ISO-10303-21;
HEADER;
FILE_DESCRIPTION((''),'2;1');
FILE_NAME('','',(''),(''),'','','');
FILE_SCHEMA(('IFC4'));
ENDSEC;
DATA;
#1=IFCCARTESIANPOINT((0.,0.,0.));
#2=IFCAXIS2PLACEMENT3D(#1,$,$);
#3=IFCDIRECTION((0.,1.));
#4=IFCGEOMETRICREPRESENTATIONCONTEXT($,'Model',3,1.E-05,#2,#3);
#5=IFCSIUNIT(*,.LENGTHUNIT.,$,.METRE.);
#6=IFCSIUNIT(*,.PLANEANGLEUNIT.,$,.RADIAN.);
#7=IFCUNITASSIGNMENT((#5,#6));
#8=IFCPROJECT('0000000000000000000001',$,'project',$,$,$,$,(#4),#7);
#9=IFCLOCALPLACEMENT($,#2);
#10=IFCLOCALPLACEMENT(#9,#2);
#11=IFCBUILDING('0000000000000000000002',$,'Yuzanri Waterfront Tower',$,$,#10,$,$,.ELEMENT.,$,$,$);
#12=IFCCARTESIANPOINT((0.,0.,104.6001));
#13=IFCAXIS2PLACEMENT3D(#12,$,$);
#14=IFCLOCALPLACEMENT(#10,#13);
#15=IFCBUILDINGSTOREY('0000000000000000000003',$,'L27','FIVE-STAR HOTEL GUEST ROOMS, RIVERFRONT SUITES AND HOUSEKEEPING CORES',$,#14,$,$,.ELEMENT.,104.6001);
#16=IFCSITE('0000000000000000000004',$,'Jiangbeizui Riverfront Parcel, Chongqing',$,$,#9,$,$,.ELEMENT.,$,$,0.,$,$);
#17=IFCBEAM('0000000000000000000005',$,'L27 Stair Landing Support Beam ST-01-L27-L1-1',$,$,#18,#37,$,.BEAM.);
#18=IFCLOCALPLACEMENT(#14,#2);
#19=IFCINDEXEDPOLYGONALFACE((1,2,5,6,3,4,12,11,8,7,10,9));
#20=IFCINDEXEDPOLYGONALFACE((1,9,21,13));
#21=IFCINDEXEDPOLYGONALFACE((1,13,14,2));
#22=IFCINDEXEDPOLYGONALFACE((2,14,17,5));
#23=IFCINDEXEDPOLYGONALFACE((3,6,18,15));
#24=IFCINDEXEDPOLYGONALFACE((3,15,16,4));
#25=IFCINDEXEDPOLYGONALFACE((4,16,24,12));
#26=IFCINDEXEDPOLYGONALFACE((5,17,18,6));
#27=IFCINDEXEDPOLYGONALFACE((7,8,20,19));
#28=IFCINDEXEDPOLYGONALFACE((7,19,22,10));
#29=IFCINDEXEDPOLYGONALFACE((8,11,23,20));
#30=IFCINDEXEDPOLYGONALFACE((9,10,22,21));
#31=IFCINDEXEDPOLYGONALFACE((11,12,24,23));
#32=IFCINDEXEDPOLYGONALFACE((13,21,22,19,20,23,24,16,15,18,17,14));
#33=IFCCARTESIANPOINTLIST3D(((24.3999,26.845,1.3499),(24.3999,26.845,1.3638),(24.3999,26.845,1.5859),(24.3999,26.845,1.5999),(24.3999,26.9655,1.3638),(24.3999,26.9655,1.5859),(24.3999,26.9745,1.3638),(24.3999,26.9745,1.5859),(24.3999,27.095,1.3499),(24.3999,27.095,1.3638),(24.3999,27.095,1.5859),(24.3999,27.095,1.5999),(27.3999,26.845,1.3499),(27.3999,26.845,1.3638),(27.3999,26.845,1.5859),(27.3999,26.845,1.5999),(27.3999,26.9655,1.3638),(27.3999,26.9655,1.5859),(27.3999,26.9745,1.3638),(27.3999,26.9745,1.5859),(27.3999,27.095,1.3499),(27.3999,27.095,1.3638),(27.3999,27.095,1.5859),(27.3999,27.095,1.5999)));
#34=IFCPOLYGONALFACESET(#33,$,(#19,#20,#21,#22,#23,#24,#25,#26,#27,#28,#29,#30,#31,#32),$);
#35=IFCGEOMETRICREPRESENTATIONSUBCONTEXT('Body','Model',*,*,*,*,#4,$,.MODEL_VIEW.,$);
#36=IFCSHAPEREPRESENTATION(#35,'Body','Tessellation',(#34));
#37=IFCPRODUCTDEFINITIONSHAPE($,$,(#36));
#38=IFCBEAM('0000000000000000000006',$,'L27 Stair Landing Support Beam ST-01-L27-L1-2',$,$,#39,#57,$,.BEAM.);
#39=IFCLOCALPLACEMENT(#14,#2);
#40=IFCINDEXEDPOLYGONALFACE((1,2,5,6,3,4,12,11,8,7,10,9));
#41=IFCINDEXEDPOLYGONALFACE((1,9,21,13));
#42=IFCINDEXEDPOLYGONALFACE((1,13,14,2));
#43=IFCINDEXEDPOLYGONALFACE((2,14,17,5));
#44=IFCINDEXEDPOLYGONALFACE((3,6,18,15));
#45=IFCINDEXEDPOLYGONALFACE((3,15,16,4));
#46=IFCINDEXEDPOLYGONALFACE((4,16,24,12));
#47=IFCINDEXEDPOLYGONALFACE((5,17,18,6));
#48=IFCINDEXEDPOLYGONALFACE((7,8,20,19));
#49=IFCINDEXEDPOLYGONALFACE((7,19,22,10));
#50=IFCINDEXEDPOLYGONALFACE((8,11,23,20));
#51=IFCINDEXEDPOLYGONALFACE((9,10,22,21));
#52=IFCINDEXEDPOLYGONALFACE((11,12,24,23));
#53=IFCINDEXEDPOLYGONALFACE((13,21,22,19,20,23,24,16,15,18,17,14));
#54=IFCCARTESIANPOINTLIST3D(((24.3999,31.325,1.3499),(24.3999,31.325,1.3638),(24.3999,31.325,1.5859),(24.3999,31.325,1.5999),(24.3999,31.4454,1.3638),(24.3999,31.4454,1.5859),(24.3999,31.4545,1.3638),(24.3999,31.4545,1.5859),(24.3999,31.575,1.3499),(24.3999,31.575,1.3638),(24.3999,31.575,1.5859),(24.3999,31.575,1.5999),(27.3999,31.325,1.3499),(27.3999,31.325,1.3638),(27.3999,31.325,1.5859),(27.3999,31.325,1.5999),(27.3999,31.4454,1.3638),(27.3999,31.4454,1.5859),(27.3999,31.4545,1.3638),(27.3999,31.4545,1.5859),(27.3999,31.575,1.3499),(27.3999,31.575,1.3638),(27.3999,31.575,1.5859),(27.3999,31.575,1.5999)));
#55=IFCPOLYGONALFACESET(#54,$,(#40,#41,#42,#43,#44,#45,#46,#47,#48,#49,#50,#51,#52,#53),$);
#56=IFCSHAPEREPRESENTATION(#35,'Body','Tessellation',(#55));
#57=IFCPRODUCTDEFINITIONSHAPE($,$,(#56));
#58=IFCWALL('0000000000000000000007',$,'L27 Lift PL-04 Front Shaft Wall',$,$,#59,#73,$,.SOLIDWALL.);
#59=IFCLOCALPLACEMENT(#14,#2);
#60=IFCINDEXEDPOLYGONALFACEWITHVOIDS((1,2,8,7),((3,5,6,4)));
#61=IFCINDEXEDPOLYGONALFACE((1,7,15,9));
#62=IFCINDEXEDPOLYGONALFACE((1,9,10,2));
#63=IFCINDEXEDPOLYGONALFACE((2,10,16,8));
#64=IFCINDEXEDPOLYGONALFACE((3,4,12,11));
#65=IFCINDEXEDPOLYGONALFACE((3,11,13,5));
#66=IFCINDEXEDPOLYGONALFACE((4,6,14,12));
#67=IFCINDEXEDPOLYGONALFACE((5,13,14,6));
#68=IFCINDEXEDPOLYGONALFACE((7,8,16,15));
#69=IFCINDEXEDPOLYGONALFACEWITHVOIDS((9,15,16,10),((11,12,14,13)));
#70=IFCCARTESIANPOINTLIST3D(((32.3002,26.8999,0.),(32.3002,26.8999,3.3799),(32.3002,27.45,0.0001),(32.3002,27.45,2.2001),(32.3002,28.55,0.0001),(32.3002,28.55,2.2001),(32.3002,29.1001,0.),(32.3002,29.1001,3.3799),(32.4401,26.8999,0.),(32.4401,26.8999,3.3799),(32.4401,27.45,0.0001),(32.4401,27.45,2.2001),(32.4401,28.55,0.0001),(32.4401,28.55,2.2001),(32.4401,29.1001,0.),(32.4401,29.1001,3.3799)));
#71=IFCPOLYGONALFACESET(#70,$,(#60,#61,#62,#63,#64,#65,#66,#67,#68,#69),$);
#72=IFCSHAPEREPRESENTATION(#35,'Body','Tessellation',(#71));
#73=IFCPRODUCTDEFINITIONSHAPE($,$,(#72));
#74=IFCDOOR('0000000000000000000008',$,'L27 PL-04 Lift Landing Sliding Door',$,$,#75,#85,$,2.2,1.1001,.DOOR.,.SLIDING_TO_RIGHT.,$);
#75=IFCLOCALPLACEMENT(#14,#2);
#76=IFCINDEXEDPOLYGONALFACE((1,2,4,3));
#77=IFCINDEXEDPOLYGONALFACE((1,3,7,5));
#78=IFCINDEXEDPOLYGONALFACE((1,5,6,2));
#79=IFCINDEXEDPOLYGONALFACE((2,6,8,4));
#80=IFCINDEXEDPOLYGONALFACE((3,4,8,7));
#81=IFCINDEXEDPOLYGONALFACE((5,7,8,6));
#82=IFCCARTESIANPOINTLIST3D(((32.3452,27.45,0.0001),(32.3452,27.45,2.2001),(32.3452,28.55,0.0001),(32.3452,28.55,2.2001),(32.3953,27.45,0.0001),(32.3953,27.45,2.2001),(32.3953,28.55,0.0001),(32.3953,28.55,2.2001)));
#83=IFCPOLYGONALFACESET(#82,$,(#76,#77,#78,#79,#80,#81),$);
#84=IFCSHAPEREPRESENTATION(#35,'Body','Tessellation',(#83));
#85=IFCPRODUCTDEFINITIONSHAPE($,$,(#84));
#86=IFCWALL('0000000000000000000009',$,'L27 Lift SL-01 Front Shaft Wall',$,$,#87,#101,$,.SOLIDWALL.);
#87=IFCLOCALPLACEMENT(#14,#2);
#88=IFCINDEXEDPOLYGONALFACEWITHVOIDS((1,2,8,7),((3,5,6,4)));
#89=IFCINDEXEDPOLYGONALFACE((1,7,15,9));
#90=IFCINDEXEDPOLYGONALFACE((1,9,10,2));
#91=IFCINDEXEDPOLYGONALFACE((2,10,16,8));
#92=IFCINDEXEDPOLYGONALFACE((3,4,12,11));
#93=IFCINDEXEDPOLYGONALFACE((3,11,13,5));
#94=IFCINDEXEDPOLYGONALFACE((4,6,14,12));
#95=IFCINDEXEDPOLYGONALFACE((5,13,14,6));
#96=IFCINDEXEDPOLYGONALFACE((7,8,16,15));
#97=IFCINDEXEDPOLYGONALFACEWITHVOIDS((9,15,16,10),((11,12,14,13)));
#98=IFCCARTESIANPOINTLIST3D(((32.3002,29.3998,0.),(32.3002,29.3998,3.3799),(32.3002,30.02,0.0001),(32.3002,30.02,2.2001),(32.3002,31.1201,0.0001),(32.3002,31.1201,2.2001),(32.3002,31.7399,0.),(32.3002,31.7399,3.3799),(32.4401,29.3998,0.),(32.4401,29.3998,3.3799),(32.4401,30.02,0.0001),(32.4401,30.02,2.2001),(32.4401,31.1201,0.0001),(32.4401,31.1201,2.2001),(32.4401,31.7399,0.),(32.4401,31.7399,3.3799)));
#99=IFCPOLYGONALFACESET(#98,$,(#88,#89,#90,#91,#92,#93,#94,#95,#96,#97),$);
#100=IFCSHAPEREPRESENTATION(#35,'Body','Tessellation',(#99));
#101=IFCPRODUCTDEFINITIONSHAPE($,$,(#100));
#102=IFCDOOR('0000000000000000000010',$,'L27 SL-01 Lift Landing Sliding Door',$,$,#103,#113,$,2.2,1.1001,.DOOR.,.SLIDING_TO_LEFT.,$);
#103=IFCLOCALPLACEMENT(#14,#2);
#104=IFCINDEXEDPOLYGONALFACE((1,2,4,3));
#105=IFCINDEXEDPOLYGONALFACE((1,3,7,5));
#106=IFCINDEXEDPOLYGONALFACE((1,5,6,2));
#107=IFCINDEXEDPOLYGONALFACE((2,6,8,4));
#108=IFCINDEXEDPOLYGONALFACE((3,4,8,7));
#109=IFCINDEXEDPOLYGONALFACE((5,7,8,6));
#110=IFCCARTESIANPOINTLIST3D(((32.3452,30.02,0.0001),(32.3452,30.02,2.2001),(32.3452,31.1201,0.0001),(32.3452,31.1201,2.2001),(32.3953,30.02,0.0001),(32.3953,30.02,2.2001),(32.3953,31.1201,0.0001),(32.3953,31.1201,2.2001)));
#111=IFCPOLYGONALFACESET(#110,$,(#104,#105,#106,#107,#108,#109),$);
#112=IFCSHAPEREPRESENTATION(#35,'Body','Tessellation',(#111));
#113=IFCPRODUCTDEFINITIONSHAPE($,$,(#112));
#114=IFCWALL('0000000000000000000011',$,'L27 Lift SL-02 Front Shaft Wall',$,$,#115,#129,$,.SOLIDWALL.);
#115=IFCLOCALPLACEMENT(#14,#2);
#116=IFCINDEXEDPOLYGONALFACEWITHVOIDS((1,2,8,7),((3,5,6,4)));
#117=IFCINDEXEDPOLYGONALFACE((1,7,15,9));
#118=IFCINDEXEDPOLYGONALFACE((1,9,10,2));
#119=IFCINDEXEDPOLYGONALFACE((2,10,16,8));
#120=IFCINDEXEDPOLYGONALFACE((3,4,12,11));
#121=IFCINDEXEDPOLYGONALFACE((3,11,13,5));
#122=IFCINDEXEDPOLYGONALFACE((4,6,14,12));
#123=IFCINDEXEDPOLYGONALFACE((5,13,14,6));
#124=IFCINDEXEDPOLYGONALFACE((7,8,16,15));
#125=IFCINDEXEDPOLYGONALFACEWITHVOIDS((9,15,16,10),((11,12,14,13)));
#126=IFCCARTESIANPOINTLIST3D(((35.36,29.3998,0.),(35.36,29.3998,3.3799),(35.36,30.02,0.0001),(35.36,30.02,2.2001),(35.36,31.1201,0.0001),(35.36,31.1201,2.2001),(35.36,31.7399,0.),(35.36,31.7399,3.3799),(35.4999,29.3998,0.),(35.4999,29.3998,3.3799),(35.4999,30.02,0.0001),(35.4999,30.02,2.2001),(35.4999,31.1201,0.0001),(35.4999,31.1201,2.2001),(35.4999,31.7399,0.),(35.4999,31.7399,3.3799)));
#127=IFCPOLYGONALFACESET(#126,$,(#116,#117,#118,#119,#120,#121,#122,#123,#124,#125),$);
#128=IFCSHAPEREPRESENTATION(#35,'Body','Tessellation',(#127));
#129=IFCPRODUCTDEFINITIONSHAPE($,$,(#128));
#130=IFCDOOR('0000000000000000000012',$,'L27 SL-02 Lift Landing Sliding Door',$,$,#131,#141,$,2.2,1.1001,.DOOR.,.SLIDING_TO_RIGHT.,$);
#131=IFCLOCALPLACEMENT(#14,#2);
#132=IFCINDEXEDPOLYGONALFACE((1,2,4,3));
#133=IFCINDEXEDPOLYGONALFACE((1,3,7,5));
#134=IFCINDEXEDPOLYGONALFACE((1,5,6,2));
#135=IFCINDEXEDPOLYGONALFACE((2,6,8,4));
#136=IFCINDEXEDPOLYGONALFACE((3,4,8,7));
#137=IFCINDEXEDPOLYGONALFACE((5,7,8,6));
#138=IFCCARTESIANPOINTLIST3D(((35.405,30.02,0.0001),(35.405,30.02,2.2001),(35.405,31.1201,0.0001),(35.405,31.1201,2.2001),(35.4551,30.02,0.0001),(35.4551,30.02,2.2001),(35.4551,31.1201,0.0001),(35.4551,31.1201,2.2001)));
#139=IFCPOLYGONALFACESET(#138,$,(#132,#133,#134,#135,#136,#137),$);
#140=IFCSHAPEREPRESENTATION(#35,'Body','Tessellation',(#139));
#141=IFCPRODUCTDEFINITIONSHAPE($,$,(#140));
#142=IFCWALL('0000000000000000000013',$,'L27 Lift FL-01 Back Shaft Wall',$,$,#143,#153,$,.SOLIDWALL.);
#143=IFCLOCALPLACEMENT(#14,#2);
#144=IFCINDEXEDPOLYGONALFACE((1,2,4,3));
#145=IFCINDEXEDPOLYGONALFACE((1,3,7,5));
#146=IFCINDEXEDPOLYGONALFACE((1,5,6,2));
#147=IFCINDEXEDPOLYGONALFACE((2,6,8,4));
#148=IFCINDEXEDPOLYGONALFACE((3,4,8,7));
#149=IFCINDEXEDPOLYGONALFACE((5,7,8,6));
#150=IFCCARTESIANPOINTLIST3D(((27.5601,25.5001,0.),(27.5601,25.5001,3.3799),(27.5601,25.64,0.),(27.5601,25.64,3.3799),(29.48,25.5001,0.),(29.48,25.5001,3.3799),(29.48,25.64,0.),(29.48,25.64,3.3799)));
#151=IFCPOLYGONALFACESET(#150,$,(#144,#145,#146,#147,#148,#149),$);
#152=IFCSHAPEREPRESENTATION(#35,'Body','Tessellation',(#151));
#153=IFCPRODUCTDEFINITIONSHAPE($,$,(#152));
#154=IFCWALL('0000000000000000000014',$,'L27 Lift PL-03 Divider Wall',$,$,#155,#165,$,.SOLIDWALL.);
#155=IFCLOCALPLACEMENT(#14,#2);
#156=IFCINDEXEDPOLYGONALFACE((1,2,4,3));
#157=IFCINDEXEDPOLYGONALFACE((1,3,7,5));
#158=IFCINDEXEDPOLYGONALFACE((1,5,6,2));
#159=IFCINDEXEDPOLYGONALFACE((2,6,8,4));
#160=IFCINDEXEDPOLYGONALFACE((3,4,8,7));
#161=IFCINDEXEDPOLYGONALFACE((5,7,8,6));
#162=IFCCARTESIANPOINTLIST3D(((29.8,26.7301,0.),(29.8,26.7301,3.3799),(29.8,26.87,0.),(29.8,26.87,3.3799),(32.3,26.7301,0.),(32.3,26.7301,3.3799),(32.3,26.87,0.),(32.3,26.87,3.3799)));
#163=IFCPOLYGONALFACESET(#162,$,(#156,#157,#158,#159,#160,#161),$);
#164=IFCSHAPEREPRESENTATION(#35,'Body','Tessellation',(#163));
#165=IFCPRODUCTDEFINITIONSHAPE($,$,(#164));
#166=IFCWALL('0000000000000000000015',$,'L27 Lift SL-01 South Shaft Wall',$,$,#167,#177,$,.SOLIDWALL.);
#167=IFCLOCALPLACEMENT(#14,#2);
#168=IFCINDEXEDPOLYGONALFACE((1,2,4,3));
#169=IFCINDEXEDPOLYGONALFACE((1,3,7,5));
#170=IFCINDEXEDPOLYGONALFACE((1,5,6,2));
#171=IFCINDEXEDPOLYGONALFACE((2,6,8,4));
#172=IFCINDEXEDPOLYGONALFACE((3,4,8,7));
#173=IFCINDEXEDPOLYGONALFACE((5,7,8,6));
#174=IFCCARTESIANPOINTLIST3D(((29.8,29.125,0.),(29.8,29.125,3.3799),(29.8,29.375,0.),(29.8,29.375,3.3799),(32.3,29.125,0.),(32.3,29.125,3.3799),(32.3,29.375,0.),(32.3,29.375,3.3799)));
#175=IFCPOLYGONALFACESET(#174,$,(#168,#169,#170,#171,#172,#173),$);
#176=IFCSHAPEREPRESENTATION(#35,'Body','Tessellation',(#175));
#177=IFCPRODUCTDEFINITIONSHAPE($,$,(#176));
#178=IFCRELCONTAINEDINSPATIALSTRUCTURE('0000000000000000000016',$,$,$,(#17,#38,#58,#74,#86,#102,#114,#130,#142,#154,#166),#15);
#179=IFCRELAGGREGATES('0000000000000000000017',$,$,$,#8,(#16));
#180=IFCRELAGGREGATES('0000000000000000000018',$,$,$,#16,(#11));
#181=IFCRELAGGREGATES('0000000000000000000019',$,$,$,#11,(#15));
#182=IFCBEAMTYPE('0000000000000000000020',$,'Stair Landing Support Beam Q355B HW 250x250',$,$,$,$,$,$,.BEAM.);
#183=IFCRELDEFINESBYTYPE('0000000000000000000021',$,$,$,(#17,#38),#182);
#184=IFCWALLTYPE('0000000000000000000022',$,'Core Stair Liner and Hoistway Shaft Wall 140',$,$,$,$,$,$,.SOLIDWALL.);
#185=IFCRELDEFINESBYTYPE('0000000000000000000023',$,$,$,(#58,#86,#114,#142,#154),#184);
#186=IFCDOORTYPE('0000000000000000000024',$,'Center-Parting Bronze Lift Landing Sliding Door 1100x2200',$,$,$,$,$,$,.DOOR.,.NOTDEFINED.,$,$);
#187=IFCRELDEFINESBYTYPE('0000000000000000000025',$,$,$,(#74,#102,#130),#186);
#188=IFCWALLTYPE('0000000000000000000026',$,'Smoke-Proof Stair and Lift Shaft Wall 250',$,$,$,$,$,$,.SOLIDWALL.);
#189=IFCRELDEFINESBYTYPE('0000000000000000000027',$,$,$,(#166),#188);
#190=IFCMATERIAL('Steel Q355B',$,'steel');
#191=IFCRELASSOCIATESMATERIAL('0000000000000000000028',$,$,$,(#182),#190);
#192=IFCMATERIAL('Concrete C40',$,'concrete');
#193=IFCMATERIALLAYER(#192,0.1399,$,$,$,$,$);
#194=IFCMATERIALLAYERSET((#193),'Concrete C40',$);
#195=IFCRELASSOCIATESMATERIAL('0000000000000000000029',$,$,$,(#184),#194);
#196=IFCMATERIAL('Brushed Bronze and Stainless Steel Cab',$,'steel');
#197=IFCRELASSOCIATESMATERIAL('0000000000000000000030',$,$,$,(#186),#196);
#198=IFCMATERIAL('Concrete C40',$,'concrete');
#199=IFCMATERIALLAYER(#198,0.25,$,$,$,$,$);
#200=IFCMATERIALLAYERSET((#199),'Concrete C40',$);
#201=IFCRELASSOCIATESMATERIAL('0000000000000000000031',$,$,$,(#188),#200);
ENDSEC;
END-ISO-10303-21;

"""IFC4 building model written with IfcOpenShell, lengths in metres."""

from ifc_helpers import new_model, si_unit, direction, frame, frame_2d, origin, origin_2d, place, context, subcontext, project, spatial, rectangle, i_section, extrude, source, transform, mapped, material, layer, layer_set, material_profile, profile_set, type_object, element, fill, save


model = new_model("IFC4")

# Units and contexts
model_context = context("Model", 3, precision=1e-05, world=origin(), true_north=direction((0.0, 1.0)))
body_context = subcontext(model_context, "Body", "Model", "MODEL_VIEW")
ifc_project = project(units=[si_unit("LENGTHUNIT", "METRE"), si_unit("PLANEANGLEUNIT", "RADIAN")], contexts=[model_context])

# Site, building, storey
site_placement = place(None, origin())
site = spatial("IfcSite", under=ifc_project, at=site_placement, Name="Jiangbeizui Riverfront Parcel, Chongqing", CompositionType="ELEMENT", RefElevation=0.0)
building_placement = place(site_placement, origin())
building = spatial("IfcBuilding", under=site, at=building_placement, Name="Yuzanri Waterfront Tower", CompositionType="ELEMENT")
storey_placement = place(building_placement, frame((0.0, 0.0, 104.6001)))
storey = spatial("IfcBuildingStorey", under=building, at=storey_placement, Name="L27", Description="FIVE-STAR HOTEL GUEST ROOMS, RIVERFRONT SUITES AND HOUSEKEEPING CORES", CompositionType="ELEMENT", Elevation=104.6001)

# Beams
ifc_material_1 = material(Name="Steel Q355B", Category="steel")
ifc_material_profile = material_profile(ifc_material_1, i_section(OverallWidth=0.25, OverallDepth=0.25, WebThickness=0.009, FlangeThickness=0.0139, at=origin_2d()), Name="HW 250x250x9x14")
ifc_profile_set = profile_set([ifc_material_profile], Name="Steel Q355B")
beam_type = type_object("IfcBeamType", Name="Stair Landing Support Beam Q355B HW 250x250", PredefinedType="BEAM", material=ifc_profile_set)
shared_shape_1 = source(origin(), body_context, "Body", "SweptSolid", [
    extrude(i_section(OverallWidth=0.25, OverallDepth=0.25, WebThickness=0.009, FlangeThickness=0.0139, at=origin_2d()), origin(), (0.0, 0.0, 1.0), 3.0),
])
for number, where, z_axis, x_axis, name in (
    (1, (24.3999, 26.97, 1.4749), (1.0, 0.0, 0.0), (0.0, 1.0, 0.0), "L27 Stair Landing Support Beam ST-01-L27-L1-1"),
    (2, (24.3999, 31.45, 1.4749), (1.0, 0.0, 0.0), (0.0, 1.0, 0.0), "L27 Stair Landing Support Beam ST-01-L27-L1-2"),
):
    element("IfcBeam", number, at=place(storey_placement, frame(where, z_axis=z_axis, x_axis=x_axis)), inside=storey, type_object=beam_type, Name=name, PredefinedType="BEAM", context=body_context, shape_type="MappedRepresentation", body=[
        mapped(shared_shape_1, transform((0.0, 0.0, 0.0), scale=1.0)),
    ])

# Walls, openings, doors
ifc_material_2 = material(Name="Concrete C40", Category="concrete")
ifc_layer_1 = layer(ifc_material_2, 0.1399)
ifc_layer_set_1 = layer_set([ifc_layer_1], Name="Concrete C40")
wall_type_1 = type_object("IfcWallType", Name="Core Stair Liner and Hoistway Shaft Wall 140", PredefinedType="SOLIDWALL", material=ifc_layer_set_1)
wall_1_placement = place(storey_placement, frame((32.3701, 26.8999, 0.0), z_axis=(0.0, 0.0, 1.0), x_axis=(0.0, 1.0, 0.0)))
wall_1 = element("IfcWall", 3, at=wall_1_placement, inside=storey, type_object=wall_type_1, Name="L27 Lift PL-04 Front Shaft Wall", PredefinedType="SOLIDWALL", context=body_context, shape_type="SweptSolid", body=[
    extrude(rectangle(XDim=2.2002, YDim=0.1399, at=frame_2d((1.1001, 0.0))), origin(), (0.0, 0.0, 1.0), 3.3799),
])
opening_1_placement = place(wall_1_placement, frame((0.55, 0.0, 0.0)))
opening_1 = element("IfcOpeningElement", 4, at=opening_1_placement, cuts=wall_1, PredefinedType="OPENING", context=body_context, shape_type="SweptSolid", body=[
    extrude(rectangle(XDim=1.1001, YDim=2.2, at=frame_2d((0.55, 1.1001))), frame((0.0, 0.085, 0.0), z_axis=(0.0, -1.0, 0.0), x_axis=(1.0, 0.0, 0.0)), (0.0, 0.0, 1.0), 0.1697),
])
ifc_material_3 = material(Name="Brushed Bronze and Stainless Steel Cab", Category="steel")
door_type_1 = type_object("IfcDoorType", Name="Center-Parting Bronze Lift Landing Sliding Door 1100x2200", OperationType="NOTDEFINED", PredefinedType="DOOR", material=ifc_material_3)
shared_shape_2 = source(origin(), body_context, "Body", "SweptSolid", [
    extrude(rectangle(XDim=1.1001, YDim=2.2, at=frame_2d((0.55, 1.1001))), frame((0.0, 0.0249, 0.0), z_axis=(0.0, -1.0, 0.0), x_axis=(1.0, 0.0, 0.0)), (0.0, 0.0, 1.0), 0.05),
])
door_1_placement = place(opening_1_placement, origin())
door_1 = element("IfcDoor", 5, at=door_1_placement, inside=storey, type_object=door_type_1, Name="L27 PL-04 Lift Landing Sliding Door", OperationType="SLIDING_TO_RIGHT", OverallHeight=2.2, OverallWidth=1.1001, PredefinedType="DOOR", context=body_context, shape_type="MappedRepresentation", body=[
    mapped(shared_shape_2, transform((0.0, 0.0, 0.0), scale=1.0)),
])
fill(opening_1, door_1)
wall_2_placement = place(storey_placement, frame((32.3701, 29.3999, 0.0), z_axis=(0.0, 0.0, 1.0), x_axis=(0.0, 1.0, 0.0)))
wall_2 = element("IfcWall", 6, at=wall_2_placement, inside=storey, type_object=wall_type_1, Name="L27 Lift SL-01 Front Shaft Wall", PredefinedType="SOLIDWALL", context=body_context, shape_type="SweptSolid", body=[
    extrude(rectangle(XDim=2.3401, YDim=0.1399, at=frame_2d((1.1699, 0.0))), origin(), (0.0, 0.0, 1.0), 3.3799),
])
opening_2_placement = place(wall_2_placement, frame((0.6201, 0.0, 0.0)))
opening_2 = element("IfcOpeningElement", 7, at=opening_2_placement, cuts=wall_2, PredefinedType="OPENING", context=body_context, shape_type="SweptSolid", body=[
    extrude(rectangle(XDim=1.1001, YDim=2.2, at=frame_2d((0.55, 1.1001))), frame((0.0, 0.085, 0.0), z_axis=(0.0, -1.0, 0.0), x_axis=(1.0, 0.0, 0.0)), (0.0, 0.0, 1.0), 0.1697),
])
door_2_placement = place(opening_2_placement, origin())
door_2 = element("IfcDoor", 8, at=door_2_placement, inside=storey, type_object=door_type_1, Name="L27 SL-01 Lift Landing Sliding Door", OperationType="SLIDING_TO_LEFT", OverallHeight=2.2, OverallWidth=1.1001, PredefinedType="DOOR", context=body_context, shape_type="MappedRepresentation", body=[
    mapped(shared_shape_2, transform((0.0, 0.0, 0.0), scale=1.0)),
])
fill(opening_2, door_2)
wall_3_placement = place(storey_placement, frame((35.4299, 29.3999, 0.0), z_axis=(0.0, 0.0, 1.0), x_axis=(0.0, 1.0, 0.0)))
wall_3 = element("IfcWall", 9, at=wall_3_placement, inside=storey, type_object=wall_type_1, Name="L27 Lift SL-02 Front Shaft Wall", PredefinedType="SOLIDWALL", context=body_context, shape_type="SweptSolid", body=[
    extrude(rectangle(XDim=2.3401, YDim=0.1399, at=frame_2d((1.1699, 0.0))), origin(), (0.0, 0.0, 1.0), 3.3799),
])
opening_3_placement = place(wall_3_placement, frame((0.6201, 0.0, 0.0)))
opening_3 = element("IfcOpeningElement", 10, at=opening_3_placement, cuts=wall_3, PredefinedType="OPENING", context=body_context, shape_type="SweptSolid", body=[
    extrude(rectangle(XDim=1.1001, YDim=2.2, at=frame_2d((0.55, 1.1001))), frame((0.0, 0.085, 0.0), z_axis=(0.0, -1.0, 0.0), x_axis=(1.0, 0.0, 0.0)), (0.0, 0.0, 1.0), 0.1697),
])
door_3_placement = place(opening_3_placement, origin())
door_3 = element("IfcDoor", 11, at=door_3_placement, inside=storey, type_object=door_type_1, Name="L27 SL-02 Lift Landing Sliding Door", OperationType="SLIDING_TO_RIGHT", OverallHeight=2.2, OverallWidth=1.1001, PredefinedType="DOOR", context=body_context, shape_type="MappedRepresentation", body=[
    mapped(shared_shape_2, transform((0.0, 0.0, 0.0), scale=1.0)),
])
fill(opening_3, door_3)

# Walls
shared_shape_3 = source(origin(), body_context, "Body", "SweptSolid", [
    extrude(rectangle(XDim=1.9199, YDim=0.1399, at=frame_2d((0.96, 0.0))), origin(), (0.0, 0.0, 1.0), 3.3799),
])
wall_4_placement = place(storey_placement, frame((27.5601, 25.5701, 0.0), z_axis=(0.0, 0.0, 1.0), x_axis=(1.0, 0.0, 0.0)))
element("IfcWall", 12, at=wall_4_placement, inside=storey, type_object=wall_type_1, Name="L27 Lift FL-01 Back Shaft Wall", PredefinedType="SOLIDWALL", context=body_context, shape_type="MappedRepresentation", body=[
    mapped(shared_shape_3, transform((0.0, 0.0, 0.0), scale=1.0)),
])
shared_shape_4 = source(origin(), body_context, "Body", "SweptSolid", [
    extrude(rectangle(XDim=2.5, YDim=0.1399, at=frame_2d((1.25, 0.0))), origin(), (0.0, 0.0, 1.0), 3.3799),
])
wall_5_placement = place(storey_placement, frame((29.8, 26.8, 0.0), z_axis=(0.0, 0.0, 1.0), x_axis=(1.0, 0.0, 0.0)))
element("IfcWall", 13, at=wall_5_placement, inside=storey, type_object=wall_type_1, Name="L27 Lift PL-03 Divider Wall", PredefinedType="SOLIDWALL", context=body_context, shape_type="MappedRepresentation", body=[
    mapped(shared_shape_4, transform((0.0, 0.0, 0.0), scale=1.0)),
])
ifc_material_4 = material(Name="Concrete C40", Category="concrete")
ifc_layer_2 = layer(ifc_material_4, 0.25)
ifc_layer_set_2 = layer_set([ifc_layer_2], Name="Concrete C40")
wall_type_2 = type_object("IfcWallType", Name="Smoke-Proof Stair and Lift Shaft Wall 250", PredefinedType="SOLIDWALL", material=ifc_layer_set_2)
shared_shape_5 = source(origin(), body_context, "Body", "SweptSolid", [
    extrude(rectangle(XDim=2.5, YDim=0.25, at=frame_2d((1.25, 0.0))), origin(), (0.0, 0.0, 1.0), 3.3799),
])
wall_6_placement = place(storey_placement, frame((29.8, 29.25, 0.0), z_axis=(0.0, 0.0, 1.0), x_axis=(1.0, 0.0, 0.0)))
element("IfcWall", 14, at=wall_6_placement, inside=storey, type_object=wall_type_2, Name="L27 Lift SL-01 South Shaft Wall", PredefinedType="SOLIDWALL", context=body_context, shape_type="MappedRepresentation", body=[
    mapped(shared_shape_5, transform((0.0, 0.0, 0.0), scale=1.0)),
])

save(model, "model.ifc")
